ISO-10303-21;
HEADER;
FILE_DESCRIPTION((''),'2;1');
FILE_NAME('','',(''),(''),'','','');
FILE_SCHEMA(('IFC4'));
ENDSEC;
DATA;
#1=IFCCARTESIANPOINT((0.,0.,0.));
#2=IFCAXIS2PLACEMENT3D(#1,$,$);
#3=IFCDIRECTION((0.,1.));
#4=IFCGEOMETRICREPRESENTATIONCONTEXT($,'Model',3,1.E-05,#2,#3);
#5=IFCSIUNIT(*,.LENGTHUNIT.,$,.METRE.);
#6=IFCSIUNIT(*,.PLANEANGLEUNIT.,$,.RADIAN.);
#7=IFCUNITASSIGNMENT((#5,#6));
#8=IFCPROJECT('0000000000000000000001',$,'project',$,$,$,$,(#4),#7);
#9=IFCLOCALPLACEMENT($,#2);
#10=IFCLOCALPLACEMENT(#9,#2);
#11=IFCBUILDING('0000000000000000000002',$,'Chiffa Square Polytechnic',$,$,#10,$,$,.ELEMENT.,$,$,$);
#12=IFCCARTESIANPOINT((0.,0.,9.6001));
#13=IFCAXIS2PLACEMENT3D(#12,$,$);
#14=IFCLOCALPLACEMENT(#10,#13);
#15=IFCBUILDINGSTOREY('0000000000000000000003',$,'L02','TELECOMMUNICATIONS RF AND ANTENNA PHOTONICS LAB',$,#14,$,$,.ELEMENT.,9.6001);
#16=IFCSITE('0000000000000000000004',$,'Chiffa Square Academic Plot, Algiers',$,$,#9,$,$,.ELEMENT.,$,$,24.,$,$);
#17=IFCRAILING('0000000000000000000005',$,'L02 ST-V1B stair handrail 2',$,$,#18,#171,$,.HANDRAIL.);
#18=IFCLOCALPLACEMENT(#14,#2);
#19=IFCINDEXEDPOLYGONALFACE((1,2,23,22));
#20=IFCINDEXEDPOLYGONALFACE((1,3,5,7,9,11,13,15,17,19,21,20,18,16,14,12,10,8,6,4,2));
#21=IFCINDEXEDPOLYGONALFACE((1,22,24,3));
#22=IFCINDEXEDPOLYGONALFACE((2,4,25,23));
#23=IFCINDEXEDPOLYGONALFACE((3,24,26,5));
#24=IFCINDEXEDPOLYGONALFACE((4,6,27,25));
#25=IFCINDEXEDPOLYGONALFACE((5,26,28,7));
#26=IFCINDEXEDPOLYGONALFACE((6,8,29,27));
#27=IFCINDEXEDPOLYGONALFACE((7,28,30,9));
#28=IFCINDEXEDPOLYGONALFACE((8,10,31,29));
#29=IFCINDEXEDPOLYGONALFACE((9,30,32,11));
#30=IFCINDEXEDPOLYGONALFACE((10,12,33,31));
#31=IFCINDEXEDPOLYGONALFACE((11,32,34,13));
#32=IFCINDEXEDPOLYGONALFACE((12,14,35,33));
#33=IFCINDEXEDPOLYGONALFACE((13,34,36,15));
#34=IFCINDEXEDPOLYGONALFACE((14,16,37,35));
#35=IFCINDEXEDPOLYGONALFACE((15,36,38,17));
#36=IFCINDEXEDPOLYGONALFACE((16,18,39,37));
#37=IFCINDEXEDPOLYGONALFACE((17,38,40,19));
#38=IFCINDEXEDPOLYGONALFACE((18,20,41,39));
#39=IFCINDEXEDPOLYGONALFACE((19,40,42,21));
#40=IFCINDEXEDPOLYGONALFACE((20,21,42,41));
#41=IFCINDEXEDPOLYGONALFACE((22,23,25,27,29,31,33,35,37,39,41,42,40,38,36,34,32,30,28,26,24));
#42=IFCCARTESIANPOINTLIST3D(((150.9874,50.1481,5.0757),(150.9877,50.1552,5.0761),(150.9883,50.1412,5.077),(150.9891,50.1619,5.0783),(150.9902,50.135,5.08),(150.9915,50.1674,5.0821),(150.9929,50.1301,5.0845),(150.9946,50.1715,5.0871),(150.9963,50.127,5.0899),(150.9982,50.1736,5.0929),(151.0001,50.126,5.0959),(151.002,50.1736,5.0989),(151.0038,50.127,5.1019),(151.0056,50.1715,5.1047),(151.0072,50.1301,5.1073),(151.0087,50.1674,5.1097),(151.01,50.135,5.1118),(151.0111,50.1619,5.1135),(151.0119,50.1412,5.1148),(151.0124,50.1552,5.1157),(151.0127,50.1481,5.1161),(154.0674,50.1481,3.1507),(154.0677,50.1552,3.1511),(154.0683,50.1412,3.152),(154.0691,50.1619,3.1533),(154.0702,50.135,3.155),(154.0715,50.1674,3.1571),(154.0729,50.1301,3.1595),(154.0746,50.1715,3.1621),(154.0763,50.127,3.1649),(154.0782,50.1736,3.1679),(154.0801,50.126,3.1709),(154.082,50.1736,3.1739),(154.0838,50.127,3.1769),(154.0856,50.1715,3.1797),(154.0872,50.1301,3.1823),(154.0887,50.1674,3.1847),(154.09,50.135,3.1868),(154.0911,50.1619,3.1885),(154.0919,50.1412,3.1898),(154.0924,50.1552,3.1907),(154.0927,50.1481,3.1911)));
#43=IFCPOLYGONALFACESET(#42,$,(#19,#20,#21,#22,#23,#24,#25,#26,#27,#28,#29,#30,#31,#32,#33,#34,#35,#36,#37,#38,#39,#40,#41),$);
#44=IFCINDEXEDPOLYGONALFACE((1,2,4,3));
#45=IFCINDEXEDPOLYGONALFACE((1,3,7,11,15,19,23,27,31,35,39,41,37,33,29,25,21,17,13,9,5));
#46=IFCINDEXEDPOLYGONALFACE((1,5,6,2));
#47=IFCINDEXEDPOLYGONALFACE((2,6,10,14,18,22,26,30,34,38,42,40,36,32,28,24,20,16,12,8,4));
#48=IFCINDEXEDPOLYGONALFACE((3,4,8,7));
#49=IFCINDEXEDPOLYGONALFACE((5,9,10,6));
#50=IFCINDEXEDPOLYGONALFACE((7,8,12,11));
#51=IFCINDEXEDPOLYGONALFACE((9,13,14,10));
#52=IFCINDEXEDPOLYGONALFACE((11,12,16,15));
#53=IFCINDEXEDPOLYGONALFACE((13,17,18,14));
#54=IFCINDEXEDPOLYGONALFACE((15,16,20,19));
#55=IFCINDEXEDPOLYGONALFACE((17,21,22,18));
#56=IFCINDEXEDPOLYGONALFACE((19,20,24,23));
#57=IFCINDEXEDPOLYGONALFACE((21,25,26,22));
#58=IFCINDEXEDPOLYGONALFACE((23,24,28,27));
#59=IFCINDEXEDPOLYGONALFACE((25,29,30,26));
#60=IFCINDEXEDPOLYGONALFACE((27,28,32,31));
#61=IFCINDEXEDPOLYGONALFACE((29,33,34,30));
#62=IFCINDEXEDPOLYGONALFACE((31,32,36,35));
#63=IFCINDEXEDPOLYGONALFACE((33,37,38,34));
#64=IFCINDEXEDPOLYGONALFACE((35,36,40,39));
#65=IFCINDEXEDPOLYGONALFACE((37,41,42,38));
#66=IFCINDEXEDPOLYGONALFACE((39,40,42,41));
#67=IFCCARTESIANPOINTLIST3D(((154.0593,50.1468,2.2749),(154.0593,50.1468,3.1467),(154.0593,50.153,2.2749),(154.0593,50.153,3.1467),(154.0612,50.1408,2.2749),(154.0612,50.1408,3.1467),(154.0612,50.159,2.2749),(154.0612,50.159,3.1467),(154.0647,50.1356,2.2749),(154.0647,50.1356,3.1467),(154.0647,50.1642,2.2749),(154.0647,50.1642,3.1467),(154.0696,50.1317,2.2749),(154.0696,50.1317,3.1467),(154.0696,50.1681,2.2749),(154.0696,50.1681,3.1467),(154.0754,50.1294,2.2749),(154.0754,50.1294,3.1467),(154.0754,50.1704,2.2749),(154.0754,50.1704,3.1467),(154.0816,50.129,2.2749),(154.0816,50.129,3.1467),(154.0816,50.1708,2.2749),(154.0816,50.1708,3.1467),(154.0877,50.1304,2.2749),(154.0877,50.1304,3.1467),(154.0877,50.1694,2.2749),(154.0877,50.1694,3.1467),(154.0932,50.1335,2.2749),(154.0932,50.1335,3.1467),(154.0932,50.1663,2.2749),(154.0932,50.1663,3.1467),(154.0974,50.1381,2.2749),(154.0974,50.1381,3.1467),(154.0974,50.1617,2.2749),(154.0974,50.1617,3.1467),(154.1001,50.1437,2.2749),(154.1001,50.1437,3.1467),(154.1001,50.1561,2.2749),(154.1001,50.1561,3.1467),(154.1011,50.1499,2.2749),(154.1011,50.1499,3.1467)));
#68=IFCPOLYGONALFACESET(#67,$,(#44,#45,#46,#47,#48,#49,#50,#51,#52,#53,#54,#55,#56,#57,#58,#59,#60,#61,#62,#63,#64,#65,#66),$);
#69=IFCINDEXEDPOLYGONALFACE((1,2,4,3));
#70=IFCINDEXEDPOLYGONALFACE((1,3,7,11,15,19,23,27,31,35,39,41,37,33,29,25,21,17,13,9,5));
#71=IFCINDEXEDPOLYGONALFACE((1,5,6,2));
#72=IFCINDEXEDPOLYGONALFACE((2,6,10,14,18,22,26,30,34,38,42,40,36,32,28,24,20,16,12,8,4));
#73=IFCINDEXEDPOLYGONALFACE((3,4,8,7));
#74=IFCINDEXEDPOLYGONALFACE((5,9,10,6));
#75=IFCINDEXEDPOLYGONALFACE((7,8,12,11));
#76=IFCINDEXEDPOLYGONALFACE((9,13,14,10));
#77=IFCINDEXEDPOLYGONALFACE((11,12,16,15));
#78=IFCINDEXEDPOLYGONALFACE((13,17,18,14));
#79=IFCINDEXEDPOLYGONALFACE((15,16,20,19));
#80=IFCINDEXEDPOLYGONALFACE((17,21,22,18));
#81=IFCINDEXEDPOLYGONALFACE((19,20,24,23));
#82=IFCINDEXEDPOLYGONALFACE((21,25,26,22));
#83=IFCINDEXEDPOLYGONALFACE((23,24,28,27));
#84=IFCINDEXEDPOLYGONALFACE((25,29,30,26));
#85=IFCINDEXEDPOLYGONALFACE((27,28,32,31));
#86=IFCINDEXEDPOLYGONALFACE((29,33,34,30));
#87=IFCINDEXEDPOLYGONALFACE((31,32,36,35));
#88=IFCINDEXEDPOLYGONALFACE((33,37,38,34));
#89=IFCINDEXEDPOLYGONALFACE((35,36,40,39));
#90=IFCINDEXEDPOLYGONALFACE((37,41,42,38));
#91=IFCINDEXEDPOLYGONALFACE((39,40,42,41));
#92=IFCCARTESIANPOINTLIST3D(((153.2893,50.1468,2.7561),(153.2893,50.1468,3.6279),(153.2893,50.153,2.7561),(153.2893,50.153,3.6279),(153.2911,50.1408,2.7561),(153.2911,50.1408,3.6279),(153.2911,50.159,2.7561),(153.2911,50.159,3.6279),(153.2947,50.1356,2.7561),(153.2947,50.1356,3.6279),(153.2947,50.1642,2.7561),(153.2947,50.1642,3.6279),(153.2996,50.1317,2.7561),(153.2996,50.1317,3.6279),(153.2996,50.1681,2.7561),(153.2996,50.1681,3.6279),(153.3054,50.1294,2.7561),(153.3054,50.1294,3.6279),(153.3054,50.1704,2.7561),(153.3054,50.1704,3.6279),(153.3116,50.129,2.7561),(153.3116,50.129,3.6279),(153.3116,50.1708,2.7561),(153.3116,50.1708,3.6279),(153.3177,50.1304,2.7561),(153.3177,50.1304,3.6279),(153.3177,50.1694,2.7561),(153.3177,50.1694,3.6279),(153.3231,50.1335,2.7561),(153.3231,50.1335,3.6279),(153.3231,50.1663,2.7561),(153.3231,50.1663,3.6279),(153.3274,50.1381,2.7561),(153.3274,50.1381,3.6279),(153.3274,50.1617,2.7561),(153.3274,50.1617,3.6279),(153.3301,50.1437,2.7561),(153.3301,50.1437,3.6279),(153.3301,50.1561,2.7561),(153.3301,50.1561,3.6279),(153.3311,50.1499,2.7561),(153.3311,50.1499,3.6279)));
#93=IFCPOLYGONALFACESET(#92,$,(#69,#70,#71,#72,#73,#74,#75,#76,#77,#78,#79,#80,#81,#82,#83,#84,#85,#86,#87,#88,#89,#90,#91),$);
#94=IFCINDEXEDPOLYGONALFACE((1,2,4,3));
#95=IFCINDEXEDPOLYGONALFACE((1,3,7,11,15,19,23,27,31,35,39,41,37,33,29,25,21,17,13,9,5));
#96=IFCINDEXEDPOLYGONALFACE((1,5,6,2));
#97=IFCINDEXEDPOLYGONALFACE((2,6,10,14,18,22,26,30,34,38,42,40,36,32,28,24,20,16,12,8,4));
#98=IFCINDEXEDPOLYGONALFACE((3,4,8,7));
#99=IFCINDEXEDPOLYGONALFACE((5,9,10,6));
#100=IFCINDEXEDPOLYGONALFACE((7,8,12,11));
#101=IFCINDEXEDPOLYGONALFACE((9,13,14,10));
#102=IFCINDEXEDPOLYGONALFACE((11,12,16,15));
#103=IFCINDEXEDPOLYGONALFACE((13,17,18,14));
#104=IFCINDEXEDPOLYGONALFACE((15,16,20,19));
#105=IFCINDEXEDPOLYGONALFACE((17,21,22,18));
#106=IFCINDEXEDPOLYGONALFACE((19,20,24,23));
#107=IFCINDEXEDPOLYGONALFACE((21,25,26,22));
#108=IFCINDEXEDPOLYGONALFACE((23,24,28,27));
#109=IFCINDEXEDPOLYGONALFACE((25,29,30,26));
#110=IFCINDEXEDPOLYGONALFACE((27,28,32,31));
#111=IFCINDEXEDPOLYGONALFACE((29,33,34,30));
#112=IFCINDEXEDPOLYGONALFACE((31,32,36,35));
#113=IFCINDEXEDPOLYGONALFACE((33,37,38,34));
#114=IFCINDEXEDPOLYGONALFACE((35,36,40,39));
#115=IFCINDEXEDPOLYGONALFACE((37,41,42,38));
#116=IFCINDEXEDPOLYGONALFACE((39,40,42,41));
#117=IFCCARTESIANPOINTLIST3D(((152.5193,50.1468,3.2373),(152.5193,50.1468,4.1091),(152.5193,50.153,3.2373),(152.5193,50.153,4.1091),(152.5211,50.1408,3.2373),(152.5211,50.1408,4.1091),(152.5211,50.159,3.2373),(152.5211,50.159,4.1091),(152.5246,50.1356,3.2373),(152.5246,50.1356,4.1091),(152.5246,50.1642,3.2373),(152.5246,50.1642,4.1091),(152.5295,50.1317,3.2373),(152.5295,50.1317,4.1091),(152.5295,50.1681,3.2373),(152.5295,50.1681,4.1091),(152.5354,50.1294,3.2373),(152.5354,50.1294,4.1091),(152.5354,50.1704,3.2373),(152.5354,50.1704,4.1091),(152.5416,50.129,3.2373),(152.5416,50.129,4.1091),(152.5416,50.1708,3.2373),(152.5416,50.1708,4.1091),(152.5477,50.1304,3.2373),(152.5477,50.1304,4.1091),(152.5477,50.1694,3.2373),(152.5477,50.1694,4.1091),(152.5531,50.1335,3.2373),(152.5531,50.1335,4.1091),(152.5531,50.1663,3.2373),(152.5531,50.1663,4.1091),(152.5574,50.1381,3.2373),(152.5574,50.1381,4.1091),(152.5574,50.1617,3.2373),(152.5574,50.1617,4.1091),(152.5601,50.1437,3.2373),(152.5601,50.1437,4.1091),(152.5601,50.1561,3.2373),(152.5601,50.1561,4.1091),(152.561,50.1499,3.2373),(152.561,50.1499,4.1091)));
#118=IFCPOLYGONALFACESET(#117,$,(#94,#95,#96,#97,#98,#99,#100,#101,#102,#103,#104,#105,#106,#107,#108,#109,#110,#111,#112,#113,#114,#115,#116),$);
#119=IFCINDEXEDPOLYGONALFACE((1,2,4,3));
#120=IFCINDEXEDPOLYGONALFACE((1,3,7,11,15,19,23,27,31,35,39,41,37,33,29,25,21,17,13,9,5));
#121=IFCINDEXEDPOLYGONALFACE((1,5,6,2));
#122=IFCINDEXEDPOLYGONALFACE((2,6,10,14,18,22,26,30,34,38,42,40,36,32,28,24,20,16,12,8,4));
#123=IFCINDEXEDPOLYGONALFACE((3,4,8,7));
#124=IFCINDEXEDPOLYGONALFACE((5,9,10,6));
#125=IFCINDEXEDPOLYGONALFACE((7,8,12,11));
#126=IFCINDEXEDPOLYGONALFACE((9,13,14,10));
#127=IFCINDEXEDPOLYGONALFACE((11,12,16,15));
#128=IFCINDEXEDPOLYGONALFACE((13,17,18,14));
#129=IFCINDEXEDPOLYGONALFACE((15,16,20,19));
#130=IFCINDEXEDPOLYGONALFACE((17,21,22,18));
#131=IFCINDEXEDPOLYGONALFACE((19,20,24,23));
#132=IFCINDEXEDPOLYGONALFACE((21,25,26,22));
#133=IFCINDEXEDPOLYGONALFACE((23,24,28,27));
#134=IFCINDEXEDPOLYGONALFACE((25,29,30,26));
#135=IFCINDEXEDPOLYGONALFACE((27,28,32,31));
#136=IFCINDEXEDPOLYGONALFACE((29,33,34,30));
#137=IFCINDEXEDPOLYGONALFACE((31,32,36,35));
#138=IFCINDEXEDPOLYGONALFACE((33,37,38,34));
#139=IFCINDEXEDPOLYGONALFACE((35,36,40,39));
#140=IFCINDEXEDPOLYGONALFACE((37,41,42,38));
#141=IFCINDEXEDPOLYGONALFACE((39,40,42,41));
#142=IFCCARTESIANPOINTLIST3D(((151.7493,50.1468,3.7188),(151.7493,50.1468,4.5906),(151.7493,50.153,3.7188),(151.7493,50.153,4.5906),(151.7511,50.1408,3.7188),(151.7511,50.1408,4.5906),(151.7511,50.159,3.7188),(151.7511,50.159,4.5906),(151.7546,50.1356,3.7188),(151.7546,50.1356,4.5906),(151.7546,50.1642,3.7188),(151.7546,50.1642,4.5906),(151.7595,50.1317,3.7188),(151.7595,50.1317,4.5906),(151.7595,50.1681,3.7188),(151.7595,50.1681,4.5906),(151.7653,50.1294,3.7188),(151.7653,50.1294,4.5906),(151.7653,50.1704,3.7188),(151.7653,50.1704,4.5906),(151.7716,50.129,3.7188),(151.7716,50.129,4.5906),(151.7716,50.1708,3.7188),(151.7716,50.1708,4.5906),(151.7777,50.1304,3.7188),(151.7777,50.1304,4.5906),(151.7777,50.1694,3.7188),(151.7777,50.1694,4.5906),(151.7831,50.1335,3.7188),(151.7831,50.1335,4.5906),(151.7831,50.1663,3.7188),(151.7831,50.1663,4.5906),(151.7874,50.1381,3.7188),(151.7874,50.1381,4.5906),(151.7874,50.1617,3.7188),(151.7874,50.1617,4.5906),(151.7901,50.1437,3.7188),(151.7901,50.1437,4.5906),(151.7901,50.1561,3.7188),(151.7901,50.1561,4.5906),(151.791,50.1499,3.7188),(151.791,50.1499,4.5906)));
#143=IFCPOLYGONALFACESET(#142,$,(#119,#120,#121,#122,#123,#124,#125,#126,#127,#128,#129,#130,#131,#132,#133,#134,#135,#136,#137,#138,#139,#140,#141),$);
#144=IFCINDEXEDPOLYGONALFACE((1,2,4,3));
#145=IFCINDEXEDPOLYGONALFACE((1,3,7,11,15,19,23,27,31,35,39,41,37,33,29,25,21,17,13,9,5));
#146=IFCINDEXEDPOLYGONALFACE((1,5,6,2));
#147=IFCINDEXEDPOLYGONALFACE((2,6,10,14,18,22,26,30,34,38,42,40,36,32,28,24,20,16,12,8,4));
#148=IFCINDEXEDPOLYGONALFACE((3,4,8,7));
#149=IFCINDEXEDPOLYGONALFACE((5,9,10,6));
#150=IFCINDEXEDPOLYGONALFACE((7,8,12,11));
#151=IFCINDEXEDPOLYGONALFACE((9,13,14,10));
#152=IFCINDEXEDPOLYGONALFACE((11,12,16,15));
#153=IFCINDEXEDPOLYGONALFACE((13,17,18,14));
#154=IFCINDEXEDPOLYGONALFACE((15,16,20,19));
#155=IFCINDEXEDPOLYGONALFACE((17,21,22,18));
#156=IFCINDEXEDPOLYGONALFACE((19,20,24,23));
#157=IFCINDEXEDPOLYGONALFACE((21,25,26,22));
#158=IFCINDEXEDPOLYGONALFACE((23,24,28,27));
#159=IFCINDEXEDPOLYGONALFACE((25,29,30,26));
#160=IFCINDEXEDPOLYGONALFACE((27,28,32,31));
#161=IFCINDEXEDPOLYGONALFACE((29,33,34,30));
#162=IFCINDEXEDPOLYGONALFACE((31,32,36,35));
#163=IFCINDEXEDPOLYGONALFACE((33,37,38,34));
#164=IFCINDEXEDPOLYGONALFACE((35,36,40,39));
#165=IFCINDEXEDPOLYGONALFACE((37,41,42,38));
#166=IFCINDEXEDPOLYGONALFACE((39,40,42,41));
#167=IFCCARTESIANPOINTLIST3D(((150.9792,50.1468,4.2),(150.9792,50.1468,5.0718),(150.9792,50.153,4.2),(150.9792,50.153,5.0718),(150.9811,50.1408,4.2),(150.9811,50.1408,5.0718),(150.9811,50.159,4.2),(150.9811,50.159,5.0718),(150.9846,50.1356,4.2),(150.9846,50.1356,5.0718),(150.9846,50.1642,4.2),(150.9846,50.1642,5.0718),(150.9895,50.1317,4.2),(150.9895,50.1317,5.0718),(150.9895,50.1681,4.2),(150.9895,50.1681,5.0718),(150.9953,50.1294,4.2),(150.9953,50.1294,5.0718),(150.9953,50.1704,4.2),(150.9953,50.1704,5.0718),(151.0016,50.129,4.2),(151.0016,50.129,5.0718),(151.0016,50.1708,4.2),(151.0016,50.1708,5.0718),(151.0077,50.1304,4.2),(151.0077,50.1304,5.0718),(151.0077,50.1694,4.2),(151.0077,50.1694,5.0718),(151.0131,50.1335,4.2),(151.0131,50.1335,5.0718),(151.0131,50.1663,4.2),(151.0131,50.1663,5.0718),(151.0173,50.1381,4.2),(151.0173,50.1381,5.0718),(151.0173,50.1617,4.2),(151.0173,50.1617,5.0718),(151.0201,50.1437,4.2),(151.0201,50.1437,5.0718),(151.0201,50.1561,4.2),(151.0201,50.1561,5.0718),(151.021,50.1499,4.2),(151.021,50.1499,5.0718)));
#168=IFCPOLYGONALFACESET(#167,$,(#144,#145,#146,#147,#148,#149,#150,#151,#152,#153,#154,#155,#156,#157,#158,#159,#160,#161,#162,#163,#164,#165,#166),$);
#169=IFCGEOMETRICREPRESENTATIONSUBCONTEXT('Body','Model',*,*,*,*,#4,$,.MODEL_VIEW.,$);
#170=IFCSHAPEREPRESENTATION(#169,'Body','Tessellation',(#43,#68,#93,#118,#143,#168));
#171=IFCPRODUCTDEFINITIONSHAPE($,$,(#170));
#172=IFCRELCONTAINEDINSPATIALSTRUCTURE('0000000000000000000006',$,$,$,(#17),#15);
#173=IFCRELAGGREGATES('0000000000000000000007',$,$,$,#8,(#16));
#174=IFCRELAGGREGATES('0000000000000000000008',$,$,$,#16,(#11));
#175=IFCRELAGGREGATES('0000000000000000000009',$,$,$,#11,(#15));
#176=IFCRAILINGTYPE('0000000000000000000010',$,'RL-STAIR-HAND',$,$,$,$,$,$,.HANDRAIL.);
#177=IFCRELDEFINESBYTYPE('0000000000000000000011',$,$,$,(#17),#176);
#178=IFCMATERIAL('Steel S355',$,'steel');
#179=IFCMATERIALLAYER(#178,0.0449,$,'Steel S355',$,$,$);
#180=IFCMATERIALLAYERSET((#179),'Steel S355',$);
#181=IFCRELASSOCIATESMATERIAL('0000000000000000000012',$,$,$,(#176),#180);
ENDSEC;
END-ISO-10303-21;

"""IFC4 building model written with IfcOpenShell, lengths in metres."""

from ifc_helpers import new_model, si_unit, direction, frame, origin, origin_2d, place, context, subcontext, project, spatial, circle, extrude, material, layer, layer_set, type_object, element, save


model = new_model("IFC4")

# Units and contexts
model_context = context("Model", 3, precision=1e-05, world=origin(), true_north=direction((0.0, 1.0)))
body_context = subcontext(model_context, "Body", "Model", "MODEL_VIEW")
ifc_project = project(units=[si_unit("LENGTHUNIT", "METRE"), si_unit("PLANEANGLEUNIT", "RADIAN")], contexts=[model_context])

# Site, building, storey
site_placement = place(None, origin())
site = spatial("IfcSite", under=ifc_project, at=site_placement, Name="Chiffa Square Academic Plot, Algiers", CompositionType="ELEMENT", RefElevation=24.0)
building_placement = place(site_placement, origin())
building = spatial("IfcBuilding", under=site, at=building_placement, Name="Chiffa Square Polytechnic", CompositionType="ELEMENT")
storey_placement = place(building_placement, frame((0.0, 0.0, 9.6001)))
storey = spatial("IfcBuildingStorey", under=building, at=storey_placement, Name="L02", Description="TELECOMMUNICATIONS RF AND ANTENNA PHOTONICS LAB", CompositionType="ELEMENT", Elevation=9.6001)

# Shared definitions
ifc_material_1 = material(Name="Steel S355", Category="steel")

# Railing
ifc_layer_1 = layer(ifc_material_1, 0.0449, Name="Steel S355")
ifc_layer_set_1 = layer_set([ifc_layer_1], Name="Steel S355")
railing_type_1 = type_object("IfcRailingType", Name="RL-STAIR-HAND", PredefinedType="HANDRAIL", material=ifc_layer_set_1)
railing_1_placement = place(storey_placement, frame((154.0801, 50.1499, 2.2749)))
element("IfcRailing", 1, at=railing_1_placement, inside=storey, type_object=railing_type_1, Name="L02 ST-V1B stair handrail 2", PredefinedType="HANDRAIL", context=body_context, shape_type="SweptSolid", body=[
    extrude(circle(Radius=0.0239, at=origin_2d()), frame((0.0, 0.0, 0.896), z_axis=(-0.847998, 0.0, 0.529999), x_axis=(0.0, -1.0, 0.0)), (0.0, 0.0, 1.0), 3.6321),
    extrude(circle(Radius=0.021, at=origin_2d()), origin(), (0.0, 0.0, 1.0), 0.8718),
    extrude(circle(Radius=0.021, at=origin_2d()), frame((-0.77, 0.0, 0.4812)), (0.0, 0.0, 1.0), 0.8718),
    extrude(circle(Radius=0.021, at=origin_2d()), frame((-1.54, 0.0, 0.9624)), (0.0, 0.0, 1.0), 0.8718),
    extrude(circle(Radius=0.021, at=origin_2d()), frame((-2.3101, 0.0, 1.4438)), (0.0, 0.0, 1.0), 0.8718),
    extrude(circle(Radius=0.021, at=origin_2d()), frame((-3.0801, 0.0, 1.925)), (0.0, 0.0, 1.0), 0.8718),
])

save(model, "model.ifc")
